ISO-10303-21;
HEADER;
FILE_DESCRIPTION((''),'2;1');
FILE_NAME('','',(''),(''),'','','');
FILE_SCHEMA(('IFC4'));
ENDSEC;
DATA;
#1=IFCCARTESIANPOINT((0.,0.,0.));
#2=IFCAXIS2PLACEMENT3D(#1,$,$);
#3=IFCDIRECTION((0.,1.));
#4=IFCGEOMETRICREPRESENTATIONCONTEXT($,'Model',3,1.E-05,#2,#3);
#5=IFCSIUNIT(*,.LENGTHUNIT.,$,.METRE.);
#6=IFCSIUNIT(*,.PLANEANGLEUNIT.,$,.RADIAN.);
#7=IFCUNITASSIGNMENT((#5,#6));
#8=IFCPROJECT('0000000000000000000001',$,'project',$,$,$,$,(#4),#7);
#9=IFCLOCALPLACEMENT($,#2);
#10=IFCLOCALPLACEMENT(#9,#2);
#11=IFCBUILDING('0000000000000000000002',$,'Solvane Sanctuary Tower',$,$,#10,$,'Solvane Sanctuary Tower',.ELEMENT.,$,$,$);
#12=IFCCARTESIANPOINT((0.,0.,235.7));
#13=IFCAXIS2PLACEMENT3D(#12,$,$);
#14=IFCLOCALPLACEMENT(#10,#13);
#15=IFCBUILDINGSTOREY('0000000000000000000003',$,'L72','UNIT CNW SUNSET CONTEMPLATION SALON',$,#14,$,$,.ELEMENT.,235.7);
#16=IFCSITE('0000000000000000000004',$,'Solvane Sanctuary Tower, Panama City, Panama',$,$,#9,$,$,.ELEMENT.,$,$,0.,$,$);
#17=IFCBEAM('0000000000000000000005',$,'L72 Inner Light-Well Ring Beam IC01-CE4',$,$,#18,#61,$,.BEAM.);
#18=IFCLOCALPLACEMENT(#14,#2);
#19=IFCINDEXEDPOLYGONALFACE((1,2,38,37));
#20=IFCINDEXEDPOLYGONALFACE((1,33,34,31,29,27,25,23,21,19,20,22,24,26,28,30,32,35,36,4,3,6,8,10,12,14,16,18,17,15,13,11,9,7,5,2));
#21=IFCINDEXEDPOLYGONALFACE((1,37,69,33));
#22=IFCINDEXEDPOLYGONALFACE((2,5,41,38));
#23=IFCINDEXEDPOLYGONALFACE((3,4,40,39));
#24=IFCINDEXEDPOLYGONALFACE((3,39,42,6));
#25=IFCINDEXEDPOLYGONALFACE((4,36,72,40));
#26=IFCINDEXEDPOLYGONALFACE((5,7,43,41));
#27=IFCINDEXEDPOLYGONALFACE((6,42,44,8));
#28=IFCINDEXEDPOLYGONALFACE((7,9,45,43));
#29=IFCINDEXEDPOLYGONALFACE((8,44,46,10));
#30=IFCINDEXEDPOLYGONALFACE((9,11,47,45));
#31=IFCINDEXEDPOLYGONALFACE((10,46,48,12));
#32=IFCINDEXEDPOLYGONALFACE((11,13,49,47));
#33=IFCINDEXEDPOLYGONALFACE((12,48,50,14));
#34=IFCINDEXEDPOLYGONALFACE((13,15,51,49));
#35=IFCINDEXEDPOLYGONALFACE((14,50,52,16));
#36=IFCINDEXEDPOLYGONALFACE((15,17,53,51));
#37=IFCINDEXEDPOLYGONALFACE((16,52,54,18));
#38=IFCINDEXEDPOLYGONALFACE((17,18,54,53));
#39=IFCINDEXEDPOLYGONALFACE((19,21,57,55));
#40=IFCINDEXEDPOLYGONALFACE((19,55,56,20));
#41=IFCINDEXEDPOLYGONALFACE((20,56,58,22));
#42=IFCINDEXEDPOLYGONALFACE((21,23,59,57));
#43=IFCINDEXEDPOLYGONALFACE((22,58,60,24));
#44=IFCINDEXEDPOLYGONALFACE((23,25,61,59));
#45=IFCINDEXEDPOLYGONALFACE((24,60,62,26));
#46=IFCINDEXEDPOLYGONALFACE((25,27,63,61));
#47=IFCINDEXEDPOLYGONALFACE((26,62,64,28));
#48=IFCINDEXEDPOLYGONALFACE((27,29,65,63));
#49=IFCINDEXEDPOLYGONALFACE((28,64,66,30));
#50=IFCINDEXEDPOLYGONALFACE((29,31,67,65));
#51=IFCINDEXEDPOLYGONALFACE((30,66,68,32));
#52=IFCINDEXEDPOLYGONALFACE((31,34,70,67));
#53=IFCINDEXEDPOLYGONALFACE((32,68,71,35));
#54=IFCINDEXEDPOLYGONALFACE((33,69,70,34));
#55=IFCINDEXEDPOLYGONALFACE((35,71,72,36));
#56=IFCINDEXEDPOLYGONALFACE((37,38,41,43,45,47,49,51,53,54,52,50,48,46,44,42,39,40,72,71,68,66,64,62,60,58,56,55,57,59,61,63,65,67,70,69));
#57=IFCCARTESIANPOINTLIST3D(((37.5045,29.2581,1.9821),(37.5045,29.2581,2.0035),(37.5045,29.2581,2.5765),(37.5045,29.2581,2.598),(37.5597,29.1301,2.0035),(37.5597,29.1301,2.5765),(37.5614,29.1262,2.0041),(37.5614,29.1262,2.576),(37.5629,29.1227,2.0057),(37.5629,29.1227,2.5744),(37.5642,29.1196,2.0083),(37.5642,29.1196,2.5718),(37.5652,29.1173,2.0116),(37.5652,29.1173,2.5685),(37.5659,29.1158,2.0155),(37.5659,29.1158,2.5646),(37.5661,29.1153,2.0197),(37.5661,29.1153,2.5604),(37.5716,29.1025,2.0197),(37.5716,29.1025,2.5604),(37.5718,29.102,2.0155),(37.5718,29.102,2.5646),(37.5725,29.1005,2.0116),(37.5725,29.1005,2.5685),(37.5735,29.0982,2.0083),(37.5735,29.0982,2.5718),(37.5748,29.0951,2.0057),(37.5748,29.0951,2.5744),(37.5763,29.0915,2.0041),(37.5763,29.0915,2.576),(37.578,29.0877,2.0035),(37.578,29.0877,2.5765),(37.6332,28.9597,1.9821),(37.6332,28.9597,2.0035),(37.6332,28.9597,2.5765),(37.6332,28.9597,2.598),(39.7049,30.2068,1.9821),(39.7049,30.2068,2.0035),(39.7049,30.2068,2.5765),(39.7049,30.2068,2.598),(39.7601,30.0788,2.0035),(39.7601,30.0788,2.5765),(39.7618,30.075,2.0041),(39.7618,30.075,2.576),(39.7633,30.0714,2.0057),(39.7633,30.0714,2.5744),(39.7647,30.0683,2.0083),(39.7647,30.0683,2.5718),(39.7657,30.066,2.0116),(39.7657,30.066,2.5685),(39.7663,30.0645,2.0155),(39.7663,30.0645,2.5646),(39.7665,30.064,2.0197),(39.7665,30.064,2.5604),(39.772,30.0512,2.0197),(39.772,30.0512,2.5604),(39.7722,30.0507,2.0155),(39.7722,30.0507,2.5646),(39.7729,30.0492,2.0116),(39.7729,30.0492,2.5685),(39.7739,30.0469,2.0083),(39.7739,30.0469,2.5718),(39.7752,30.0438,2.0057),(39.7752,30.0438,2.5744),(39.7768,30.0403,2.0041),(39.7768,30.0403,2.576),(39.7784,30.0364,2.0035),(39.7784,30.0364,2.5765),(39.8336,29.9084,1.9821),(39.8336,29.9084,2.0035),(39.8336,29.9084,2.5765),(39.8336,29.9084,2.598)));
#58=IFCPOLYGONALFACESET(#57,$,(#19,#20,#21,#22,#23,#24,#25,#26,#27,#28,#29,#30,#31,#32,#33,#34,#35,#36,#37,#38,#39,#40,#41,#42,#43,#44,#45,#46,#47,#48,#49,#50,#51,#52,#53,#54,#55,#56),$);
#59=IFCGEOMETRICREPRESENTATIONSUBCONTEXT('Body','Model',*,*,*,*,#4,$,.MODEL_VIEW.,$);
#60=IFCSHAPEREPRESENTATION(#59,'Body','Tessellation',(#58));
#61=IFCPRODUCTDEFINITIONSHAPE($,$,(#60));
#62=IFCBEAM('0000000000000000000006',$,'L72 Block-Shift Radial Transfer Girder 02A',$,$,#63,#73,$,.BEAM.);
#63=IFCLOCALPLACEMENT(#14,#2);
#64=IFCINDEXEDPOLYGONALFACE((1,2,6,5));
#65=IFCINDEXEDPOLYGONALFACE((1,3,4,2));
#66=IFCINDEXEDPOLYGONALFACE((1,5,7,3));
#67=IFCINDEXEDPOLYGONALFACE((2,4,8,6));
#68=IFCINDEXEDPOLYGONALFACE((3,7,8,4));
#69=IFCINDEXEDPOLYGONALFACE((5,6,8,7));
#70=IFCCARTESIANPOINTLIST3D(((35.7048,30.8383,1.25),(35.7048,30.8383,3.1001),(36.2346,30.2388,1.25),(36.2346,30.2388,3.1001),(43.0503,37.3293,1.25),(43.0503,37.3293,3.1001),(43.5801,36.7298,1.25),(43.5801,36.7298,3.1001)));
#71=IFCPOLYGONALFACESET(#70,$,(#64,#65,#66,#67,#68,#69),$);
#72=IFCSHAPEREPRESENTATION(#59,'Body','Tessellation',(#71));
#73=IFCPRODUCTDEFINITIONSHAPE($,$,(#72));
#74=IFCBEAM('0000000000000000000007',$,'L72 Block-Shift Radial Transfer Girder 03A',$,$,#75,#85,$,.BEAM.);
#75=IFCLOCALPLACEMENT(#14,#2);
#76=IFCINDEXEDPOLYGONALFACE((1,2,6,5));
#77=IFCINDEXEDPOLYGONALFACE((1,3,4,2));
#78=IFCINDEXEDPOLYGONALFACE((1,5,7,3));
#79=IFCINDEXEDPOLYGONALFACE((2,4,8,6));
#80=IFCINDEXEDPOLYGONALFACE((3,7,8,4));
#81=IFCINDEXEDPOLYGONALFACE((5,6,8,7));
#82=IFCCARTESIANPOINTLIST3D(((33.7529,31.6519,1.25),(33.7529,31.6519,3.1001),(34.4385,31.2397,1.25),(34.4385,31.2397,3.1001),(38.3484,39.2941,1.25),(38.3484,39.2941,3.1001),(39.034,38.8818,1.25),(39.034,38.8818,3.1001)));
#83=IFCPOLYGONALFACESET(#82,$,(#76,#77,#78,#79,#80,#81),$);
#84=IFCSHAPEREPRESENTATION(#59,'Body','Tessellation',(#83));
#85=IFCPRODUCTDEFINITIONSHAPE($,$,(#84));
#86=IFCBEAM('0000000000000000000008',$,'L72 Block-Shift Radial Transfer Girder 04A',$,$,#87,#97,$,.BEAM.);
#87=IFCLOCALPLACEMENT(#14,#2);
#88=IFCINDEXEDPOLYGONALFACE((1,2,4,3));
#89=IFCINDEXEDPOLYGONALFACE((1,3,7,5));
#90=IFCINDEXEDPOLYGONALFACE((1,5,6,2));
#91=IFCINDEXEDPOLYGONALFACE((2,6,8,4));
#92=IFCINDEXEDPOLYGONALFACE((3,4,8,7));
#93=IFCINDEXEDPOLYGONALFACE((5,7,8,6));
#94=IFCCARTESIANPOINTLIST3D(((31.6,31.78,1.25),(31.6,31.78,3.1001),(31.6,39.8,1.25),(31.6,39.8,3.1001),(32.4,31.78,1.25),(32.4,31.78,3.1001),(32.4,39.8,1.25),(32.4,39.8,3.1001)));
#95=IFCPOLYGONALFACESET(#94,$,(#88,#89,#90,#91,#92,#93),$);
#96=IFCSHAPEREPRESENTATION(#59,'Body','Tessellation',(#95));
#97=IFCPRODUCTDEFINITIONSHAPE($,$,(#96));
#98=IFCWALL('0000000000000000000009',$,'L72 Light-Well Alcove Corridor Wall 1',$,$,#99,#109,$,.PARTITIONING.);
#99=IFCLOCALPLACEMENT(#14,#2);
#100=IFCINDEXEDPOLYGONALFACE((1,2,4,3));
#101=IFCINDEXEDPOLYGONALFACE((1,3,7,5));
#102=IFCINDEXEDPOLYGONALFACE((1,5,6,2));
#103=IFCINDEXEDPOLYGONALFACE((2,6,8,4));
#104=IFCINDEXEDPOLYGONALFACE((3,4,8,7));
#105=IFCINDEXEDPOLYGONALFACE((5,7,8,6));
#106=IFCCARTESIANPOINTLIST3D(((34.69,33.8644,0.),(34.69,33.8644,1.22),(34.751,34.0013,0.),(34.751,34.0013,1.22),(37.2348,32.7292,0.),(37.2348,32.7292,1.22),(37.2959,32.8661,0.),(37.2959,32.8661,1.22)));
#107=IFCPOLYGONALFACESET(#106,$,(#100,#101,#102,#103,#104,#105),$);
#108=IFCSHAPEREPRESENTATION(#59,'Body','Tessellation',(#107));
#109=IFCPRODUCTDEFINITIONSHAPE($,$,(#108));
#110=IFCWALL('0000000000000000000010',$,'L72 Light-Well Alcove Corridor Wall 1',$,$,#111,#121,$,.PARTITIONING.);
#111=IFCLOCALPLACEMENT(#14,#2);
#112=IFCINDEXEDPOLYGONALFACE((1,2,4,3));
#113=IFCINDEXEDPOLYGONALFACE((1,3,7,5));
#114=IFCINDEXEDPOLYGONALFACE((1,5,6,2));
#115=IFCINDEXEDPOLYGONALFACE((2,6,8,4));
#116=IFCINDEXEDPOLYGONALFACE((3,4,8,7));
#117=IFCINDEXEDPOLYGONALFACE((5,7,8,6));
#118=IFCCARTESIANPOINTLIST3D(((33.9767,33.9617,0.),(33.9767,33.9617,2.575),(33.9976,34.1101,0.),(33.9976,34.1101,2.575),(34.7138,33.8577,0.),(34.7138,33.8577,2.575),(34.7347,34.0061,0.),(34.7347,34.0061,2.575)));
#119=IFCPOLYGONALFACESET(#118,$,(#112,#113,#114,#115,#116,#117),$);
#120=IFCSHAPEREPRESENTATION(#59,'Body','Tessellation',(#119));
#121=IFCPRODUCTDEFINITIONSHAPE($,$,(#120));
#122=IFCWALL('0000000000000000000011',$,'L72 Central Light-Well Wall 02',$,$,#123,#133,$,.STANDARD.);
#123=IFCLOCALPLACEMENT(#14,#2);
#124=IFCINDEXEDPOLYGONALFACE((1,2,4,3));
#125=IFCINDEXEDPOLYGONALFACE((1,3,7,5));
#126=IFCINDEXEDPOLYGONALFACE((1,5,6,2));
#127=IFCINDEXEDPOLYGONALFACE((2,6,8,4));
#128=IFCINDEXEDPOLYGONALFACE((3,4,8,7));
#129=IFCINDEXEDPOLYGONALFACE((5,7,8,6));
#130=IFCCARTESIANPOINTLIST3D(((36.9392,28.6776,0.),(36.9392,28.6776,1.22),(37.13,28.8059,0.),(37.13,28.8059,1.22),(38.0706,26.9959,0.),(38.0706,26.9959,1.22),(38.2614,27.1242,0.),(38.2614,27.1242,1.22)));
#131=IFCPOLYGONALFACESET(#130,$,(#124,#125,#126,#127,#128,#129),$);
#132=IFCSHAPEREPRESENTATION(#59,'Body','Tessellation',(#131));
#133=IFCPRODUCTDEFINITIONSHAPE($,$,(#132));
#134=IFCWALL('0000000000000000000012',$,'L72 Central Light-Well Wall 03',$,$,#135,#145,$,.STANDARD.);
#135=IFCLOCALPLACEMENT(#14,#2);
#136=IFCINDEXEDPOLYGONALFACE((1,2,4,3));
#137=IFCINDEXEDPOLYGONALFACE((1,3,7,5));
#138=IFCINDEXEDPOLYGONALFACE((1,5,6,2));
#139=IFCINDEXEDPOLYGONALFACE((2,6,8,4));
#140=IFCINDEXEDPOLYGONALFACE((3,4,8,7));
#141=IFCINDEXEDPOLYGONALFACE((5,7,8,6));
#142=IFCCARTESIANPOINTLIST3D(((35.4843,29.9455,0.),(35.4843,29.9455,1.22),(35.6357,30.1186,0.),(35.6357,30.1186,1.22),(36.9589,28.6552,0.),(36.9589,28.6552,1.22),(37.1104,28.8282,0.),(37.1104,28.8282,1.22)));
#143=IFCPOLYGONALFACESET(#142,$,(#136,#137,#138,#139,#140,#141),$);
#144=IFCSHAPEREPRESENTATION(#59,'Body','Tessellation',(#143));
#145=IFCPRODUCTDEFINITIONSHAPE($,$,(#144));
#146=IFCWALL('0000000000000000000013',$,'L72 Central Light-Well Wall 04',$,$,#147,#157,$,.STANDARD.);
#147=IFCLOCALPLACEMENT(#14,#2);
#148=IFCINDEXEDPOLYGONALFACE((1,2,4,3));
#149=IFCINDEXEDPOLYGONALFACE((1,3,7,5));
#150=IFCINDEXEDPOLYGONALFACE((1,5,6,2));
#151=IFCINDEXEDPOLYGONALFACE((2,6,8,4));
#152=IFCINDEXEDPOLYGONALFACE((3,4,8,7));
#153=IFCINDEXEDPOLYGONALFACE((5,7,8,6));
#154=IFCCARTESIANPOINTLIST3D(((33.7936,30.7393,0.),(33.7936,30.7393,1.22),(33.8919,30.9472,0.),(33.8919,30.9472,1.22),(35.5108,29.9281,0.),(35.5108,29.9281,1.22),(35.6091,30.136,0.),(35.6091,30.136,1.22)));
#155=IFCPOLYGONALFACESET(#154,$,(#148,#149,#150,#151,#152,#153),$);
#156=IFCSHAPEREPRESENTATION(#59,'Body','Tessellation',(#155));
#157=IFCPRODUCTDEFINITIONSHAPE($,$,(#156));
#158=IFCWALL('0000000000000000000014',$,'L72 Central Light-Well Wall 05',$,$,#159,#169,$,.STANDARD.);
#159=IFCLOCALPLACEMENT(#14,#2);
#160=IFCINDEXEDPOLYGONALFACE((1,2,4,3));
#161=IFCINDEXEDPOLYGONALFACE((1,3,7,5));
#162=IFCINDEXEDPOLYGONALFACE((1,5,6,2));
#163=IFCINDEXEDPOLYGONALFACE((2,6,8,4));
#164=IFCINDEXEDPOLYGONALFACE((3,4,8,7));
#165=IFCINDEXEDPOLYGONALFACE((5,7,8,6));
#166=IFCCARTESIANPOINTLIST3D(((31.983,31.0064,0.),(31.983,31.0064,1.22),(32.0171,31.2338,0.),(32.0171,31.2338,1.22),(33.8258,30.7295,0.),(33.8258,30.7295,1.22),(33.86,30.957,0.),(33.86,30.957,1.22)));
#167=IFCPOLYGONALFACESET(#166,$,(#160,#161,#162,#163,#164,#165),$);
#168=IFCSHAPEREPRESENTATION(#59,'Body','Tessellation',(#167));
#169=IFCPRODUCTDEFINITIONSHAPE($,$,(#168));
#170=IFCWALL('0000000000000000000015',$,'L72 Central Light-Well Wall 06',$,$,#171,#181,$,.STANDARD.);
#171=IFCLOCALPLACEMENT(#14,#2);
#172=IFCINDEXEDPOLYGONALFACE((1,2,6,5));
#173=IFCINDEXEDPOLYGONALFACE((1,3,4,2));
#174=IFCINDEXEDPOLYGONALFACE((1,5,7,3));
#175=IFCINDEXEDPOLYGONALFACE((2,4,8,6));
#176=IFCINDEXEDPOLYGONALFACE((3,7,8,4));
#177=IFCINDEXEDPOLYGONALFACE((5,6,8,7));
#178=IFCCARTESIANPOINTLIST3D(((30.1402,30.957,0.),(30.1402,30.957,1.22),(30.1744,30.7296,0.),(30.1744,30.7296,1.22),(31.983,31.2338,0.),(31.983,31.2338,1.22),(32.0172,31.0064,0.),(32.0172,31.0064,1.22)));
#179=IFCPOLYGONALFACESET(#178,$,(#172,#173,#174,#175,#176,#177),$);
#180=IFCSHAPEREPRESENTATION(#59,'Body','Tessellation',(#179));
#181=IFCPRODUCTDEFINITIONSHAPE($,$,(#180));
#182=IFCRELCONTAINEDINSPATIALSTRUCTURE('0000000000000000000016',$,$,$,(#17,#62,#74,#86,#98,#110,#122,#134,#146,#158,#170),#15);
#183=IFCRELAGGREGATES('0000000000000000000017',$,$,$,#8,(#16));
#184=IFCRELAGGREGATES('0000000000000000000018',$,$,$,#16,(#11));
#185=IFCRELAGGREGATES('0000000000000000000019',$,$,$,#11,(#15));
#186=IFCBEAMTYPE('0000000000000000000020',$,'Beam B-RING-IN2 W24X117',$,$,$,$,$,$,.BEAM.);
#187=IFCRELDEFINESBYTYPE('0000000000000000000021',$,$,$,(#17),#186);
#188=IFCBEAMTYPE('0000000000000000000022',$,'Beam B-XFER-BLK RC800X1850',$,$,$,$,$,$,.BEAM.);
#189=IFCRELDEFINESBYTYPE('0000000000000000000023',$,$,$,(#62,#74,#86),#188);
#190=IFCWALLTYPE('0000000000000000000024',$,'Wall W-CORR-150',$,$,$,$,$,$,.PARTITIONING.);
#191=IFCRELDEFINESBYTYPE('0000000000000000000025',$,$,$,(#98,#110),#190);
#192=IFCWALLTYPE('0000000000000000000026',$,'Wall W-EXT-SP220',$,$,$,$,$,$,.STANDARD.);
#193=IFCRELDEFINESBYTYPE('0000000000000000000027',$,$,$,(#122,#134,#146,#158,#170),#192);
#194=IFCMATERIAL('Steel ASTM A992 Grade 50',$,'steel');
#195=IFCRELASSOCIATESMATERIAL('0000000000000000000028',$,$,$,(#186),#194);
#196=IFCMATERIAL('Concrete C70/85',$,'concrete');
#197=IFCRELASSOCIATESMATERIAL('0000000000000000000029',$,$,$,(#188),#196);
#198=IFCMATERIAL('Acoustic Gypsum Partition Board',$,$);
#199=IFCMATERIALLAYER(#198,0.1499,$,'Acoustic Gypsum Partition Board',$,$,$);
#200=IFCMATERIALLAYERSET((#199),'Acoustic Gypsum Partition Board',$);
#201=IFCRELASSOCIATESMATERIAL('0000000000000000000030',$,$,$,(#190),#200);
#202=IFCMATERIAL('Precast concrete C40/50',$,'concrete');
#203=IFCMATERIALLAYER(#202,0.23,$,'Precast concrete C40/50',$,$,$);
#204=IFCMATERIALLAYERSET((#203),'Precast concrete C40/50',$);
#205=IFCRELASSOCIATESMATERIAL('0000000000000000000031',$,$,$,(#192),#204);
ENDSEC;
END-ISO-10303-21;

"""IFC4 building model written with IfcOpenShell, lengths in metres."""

from ifc_helpers import new_model, si_unit, direction, frame, frame_2d, origin, origin_2d, place, context, subcontext, project, spatial, rectangle, i_section, extrude, material, layer, layer_set, material_profile, profile_set, type_object, element, save


model = new_model("IFC4")

# Units and contexts
model_context = context("Model", 3, precision=1e-05, world=origin(), true_north=direction((0.0, 1.0)))
body_context = subcontext(model_context, "Body", "Model", "MODEL_VIEW")
ifc_project = project(units=[si_unit("LENGTHUNIT", "METRE"), si_unit("PLANEANGLEUNIT", "RADIAN")], contexts=[model_context])

# Site, building, storey
site_placement = place(None, origin())
site = spatial("IfcSite", under=ifc_project, at=site_placement, Name="Solvane Sanctuary Tower, Panama City, Panama", CompositionType="ELEMENT", RefElevation=0.0)
building_placement = place(site_placement, origin())
building = spatial("IfcBuilding", under=site, at=building_placement, Name="Solvane Sanctuary Tower", LongName="Solvane Sanctuary Tower", CompositionType="ELEMENT")
storey_placement = place(building_placement, frame((0.0, 0.0, 235.7)))
storey = spatial("IfcBuildingStorey", under=building, at=storey_placement, Name="L72", Description="UNIT CNW SUNSET CONTEMPLATION SALON", CompositionType="ELEMENT", Elevation=235.7)

# Beams
ifc_material_1 = material(Name="Steel ASTM A992 Grade 50", Category="steel")
ifc_material_profile_1 = material_profile(ifc_material_1, i_section(OverallWidth=0.325, OverallDepth=0.616, WebThickness=0.0139, FlangeThickness=0.0215, FilletRadius=0.0161, at=origin_2d()), Name="W24X117")
ifc_profile_set_1 = profile_set([ifc_material_profile_1], Name="Steel ASTM A992 Grade 50")
beam_type_1 = type_object("IfcBeamType", Name="Beam B-RING-IN2 W24X117", PredefinedType="BEAM", material=ifc_profile_set_1)
beam_1_placement = place(storey_placement, frame((37.5688, 29.1089, 2.29), z_axis=(0.918284, 0.395923, 0.0), x_axis=(-0.395923, 0.918284, 0.0)))
element("IfcBeam", 1, at=beam_1_placement, inside=storey, type_object=beam_type_1, Name="L72 Inner Light-Well Ring Beam IC01-CE4", PredefinedType="BEAM", context=body_context, shape_type="SweptSolid", body=[
    extrude(i_section(OverallWidth=0.325, OverallDepth=0.616, WebThickness=0.0139, FlangeThickness=0.0215, FilletRadius=0.0161, at=origin_2d()), origin(), (0.0, 0.0, 1.0), 2.3962),
])
ifc_material_2 = material(Name="Concrete C70/85", Category="concrete")
ifc_material_profile_2 = material_profile(ifc_material_2, rectangle(XDim=0.8, YDim=1.8501, at=origin_2d()), Name="RC800X1850")
ifc_profile_set_2 = profile_set([ifc_material_profile_2], Name="Concrete C70/85")
beam_type_2 = type_object("IfcBeamType", Name="Beam B-XFER-BLK RC800X1850", PredefinedType="BEAM", material=ifc_profile_set_2)
beam_2_placement = place(storey_placement, frame((35.9697, 30.5386, 2.175), z_axis=(0.749348, 0.662177, 0.0), x_axis=(-0.662177, 0.749348, 0.0)))
element("IfcBeam", 2, at=beam_2_placement, inside=storey, type_object=beam_type_2, Name="L72 Block-Shift Radial Transfer Girder 02A", PredefinedType="BEAM", context=body_context, shape_type="SweptSolid", body=[
    extrude(rectangle(XDim=0.8, YDim=1.8501, at=origin_2d()), origin(), (0.0, 0.0, 1.0), 9.8025),
])
beam_3_placement = place(storey_placement, frame((34.0957, 31.4458, 2.175), z_axis=(0.515337, 0.856988, 0.0), x_axis=(-0.856988, 0.515337, 0.0)))
element("IfcBeam", 3, at=beam_3_placement, inside=storey, type_object=beam_type_2, Name="L72 Block-Shift Radial Transfer Girder 03A", PredefinedType="BEAM", context=body_context, shape_type="SweptSolid", body=[
    extrude(rectangle(XDim=0.8, YDim=1.8501, at=origin_2d()), origin(), (0.0, 0.0, 1.0), 8.9175),
])
beam_4_placement = place(storey_placement, frame((32.0, 31.78, 2.175), z_axis=(0.0, 1.0, 0.0), x_axis=(-1.0, 0.0, 0.0)))
element("IfcBeam", 4, at=beam_4_placement, inside=storey, type_object=beam_type_2, Name="L72 Block-Shift Radial Transfer Girder 04A", PredefinedType="BEAM", context=body_context, shape_type="SweptSolid", body=[
    extrude(rectangle(XDim=0.8, YDim=1.8501, at=origin_2d()), origin(), (0.0, 0.0, 1.0), 8.02),
])

# Walls
ifc_material_3 = material(Name="Acoustic Gypsum Partition Board")
ifc_layer_1 = layer(ifc_material_3, 0.1499, Name="Acoustic Gypsum Partition Board")
ifc_layer_set_1 = layer_set([ifc_layer_1], Name="Acoustic Gypsum Partition Board")
wall_type_1 = type_object("IfcWallType", Name="Wall W-CORR-150", PredefinedType="PARTITIONING", material=ifc_layer_set_1)
wall_1_placement = place(storey_placement, frame((37.2654, 32.7976, 0.0), z_axis=(0.0, 0.0, 1.0), x_axis=(-0.913254, 0.40739, 0.0)))
element("IfcWall", 5, at=wall_1_placement, inside=storey, type_object=wall_type_1, Name="L72 Light-Well Alcove Corridor Wall 1", PredefinedType="PARTITIONING", context=body_context, shape_type="SweptSolid", body=[
    extrude(rectangle(XDim=2.7866, YDim=0.1499, at=frame_2d((1.3933, 0.0))), origin(), (0.0, 0.0, 1.0), 1.22),
])
wall_2_placement = place(storey_placement, frame((34.7241, 33.9319, 0.0), z_axis=(0.0, 0.0, 1.0), x_axis=(-0.990191, 0.139722, 0.0)))
element("IfcWall", 6, at=wall_2_placement, inside=storey, type_object=wall_type_1, Name="L72 Light-Well Alcove Corridor Wall 1", PredefinedType="PARTITIONING", context=body_context, shape_type="SweptSolid", body=[
    extrude(rectangle(XDim=0.7444, YDim=0.1499, at=frame_2d((0.3721, 0.0))), origin(), (0.0, 0.0, 1.0), 2.575),
])
ifc_material_4 = material(Name="Precast concrete C40/50", Category="concrete")
ifc_layer_2 = layer(ifc_material_4, 0.23, Name="Precast concrete C40/50")
ifc_layer_set_2 = layer_set([ifc_layer_2], Name="Precast concrete C40/50")
wall_type_2 = type_object("IfcWallType", Name="Wall W-EXT-SP220", PredefinedType="STANDARD", material=ifc_layer_set_2)
wall_3_placement = place(storey_placement, frame((38.166, 27.0601, 0.0), z_axis=(0.0, 0.0, 1.0), x_axis=(-0.558198, 0.829708, 0.0)))
element("IfcWall", 7, at=wall_3_placement, inside=storey, type_object=wall_type_2, Name="L72 Central Light-Well Wall 02", PredefinedType="STANDARD", context=body_context, shape_type="SweptSolid", body=[
    extrude(rectangle(XDim=2.0269, YDim=0.23, at=frame_2d((1.0134, 0.0))), origin(), (0.0, 0.0, 1.0), 1.22),
])
wall_4_placement = place(storey_placement, frame((37.0347, 28.7417, 0.0), z_axis=(0.0, 0.0, 1.0), x_axis=(-0.752577, 0.658505, 0.0)))
element("IfcWall", 8, at=wall_4_placement, inside=storey, type_object=wall_type_2, Name="L72 Central Light-Well Wall 03", PredefinedType="STANDARD", context=body_context, shape_type="SweptSolid", body=[
    extrude(rectangle(XDim=1.9595, YDim=0.23, at=frame_2d((0.9797, 0.0))), origin(), (0.0, 0.0, 1.0), 1.22),
])
wall_5_placement = place(storey_placement, frame((35.5601, 30.032, 0.0), z_axis=(0.0, 0.0, 1.0), x_axis=(-0.90418, 0.427152, 0.0)))
element("IfcWall", 9, at=wall_5_placement, inside=storey, type_object=wall_type_2, Name="L72 Central Light-Well Wall 04", PredefinedType="STANDARD", context=body_context, shape_type="SweptSolid", body=[
    extrude(rectangle(XDim=1.8992, YDim=0.23, at=frame_2d((0.9497, 0.0))), origin(), (0.0, 0.0, 1.0), 1.22),
])
for number, where, z_axis, x_axis, name in (
    (10, (33.8428, 30.8433, 0.0), (0.0, 0.0, 1.0), (-0.988902, 0.148571, 0.0), "L72 Central Light-Well Wall 05"),
    (11, (32.0, 31.1201, 0.0), (0.0, 0.0, 1.0), (-0.988902, -0.148571, 0.0), "L72 Central Light-Well Wall 06"),
):
    element("IfcWall", number, at=place(storey_placement, frame(where, z_axis=z_axis, x_axis=x_axis)), inside=storey, type_object=wall_type_2, Name=name, PredefinedType="STANDARD", context=body_context, shape_type="SweptSolid", body=[
        extrude(rectangle(XDim=1.8635, YDim=0.23, at=frame_2d((0.9316, 0.0))), origin(), (0.0, 0.0, 1.0), 1.22),
    ])

save(model, "model.ifc")
